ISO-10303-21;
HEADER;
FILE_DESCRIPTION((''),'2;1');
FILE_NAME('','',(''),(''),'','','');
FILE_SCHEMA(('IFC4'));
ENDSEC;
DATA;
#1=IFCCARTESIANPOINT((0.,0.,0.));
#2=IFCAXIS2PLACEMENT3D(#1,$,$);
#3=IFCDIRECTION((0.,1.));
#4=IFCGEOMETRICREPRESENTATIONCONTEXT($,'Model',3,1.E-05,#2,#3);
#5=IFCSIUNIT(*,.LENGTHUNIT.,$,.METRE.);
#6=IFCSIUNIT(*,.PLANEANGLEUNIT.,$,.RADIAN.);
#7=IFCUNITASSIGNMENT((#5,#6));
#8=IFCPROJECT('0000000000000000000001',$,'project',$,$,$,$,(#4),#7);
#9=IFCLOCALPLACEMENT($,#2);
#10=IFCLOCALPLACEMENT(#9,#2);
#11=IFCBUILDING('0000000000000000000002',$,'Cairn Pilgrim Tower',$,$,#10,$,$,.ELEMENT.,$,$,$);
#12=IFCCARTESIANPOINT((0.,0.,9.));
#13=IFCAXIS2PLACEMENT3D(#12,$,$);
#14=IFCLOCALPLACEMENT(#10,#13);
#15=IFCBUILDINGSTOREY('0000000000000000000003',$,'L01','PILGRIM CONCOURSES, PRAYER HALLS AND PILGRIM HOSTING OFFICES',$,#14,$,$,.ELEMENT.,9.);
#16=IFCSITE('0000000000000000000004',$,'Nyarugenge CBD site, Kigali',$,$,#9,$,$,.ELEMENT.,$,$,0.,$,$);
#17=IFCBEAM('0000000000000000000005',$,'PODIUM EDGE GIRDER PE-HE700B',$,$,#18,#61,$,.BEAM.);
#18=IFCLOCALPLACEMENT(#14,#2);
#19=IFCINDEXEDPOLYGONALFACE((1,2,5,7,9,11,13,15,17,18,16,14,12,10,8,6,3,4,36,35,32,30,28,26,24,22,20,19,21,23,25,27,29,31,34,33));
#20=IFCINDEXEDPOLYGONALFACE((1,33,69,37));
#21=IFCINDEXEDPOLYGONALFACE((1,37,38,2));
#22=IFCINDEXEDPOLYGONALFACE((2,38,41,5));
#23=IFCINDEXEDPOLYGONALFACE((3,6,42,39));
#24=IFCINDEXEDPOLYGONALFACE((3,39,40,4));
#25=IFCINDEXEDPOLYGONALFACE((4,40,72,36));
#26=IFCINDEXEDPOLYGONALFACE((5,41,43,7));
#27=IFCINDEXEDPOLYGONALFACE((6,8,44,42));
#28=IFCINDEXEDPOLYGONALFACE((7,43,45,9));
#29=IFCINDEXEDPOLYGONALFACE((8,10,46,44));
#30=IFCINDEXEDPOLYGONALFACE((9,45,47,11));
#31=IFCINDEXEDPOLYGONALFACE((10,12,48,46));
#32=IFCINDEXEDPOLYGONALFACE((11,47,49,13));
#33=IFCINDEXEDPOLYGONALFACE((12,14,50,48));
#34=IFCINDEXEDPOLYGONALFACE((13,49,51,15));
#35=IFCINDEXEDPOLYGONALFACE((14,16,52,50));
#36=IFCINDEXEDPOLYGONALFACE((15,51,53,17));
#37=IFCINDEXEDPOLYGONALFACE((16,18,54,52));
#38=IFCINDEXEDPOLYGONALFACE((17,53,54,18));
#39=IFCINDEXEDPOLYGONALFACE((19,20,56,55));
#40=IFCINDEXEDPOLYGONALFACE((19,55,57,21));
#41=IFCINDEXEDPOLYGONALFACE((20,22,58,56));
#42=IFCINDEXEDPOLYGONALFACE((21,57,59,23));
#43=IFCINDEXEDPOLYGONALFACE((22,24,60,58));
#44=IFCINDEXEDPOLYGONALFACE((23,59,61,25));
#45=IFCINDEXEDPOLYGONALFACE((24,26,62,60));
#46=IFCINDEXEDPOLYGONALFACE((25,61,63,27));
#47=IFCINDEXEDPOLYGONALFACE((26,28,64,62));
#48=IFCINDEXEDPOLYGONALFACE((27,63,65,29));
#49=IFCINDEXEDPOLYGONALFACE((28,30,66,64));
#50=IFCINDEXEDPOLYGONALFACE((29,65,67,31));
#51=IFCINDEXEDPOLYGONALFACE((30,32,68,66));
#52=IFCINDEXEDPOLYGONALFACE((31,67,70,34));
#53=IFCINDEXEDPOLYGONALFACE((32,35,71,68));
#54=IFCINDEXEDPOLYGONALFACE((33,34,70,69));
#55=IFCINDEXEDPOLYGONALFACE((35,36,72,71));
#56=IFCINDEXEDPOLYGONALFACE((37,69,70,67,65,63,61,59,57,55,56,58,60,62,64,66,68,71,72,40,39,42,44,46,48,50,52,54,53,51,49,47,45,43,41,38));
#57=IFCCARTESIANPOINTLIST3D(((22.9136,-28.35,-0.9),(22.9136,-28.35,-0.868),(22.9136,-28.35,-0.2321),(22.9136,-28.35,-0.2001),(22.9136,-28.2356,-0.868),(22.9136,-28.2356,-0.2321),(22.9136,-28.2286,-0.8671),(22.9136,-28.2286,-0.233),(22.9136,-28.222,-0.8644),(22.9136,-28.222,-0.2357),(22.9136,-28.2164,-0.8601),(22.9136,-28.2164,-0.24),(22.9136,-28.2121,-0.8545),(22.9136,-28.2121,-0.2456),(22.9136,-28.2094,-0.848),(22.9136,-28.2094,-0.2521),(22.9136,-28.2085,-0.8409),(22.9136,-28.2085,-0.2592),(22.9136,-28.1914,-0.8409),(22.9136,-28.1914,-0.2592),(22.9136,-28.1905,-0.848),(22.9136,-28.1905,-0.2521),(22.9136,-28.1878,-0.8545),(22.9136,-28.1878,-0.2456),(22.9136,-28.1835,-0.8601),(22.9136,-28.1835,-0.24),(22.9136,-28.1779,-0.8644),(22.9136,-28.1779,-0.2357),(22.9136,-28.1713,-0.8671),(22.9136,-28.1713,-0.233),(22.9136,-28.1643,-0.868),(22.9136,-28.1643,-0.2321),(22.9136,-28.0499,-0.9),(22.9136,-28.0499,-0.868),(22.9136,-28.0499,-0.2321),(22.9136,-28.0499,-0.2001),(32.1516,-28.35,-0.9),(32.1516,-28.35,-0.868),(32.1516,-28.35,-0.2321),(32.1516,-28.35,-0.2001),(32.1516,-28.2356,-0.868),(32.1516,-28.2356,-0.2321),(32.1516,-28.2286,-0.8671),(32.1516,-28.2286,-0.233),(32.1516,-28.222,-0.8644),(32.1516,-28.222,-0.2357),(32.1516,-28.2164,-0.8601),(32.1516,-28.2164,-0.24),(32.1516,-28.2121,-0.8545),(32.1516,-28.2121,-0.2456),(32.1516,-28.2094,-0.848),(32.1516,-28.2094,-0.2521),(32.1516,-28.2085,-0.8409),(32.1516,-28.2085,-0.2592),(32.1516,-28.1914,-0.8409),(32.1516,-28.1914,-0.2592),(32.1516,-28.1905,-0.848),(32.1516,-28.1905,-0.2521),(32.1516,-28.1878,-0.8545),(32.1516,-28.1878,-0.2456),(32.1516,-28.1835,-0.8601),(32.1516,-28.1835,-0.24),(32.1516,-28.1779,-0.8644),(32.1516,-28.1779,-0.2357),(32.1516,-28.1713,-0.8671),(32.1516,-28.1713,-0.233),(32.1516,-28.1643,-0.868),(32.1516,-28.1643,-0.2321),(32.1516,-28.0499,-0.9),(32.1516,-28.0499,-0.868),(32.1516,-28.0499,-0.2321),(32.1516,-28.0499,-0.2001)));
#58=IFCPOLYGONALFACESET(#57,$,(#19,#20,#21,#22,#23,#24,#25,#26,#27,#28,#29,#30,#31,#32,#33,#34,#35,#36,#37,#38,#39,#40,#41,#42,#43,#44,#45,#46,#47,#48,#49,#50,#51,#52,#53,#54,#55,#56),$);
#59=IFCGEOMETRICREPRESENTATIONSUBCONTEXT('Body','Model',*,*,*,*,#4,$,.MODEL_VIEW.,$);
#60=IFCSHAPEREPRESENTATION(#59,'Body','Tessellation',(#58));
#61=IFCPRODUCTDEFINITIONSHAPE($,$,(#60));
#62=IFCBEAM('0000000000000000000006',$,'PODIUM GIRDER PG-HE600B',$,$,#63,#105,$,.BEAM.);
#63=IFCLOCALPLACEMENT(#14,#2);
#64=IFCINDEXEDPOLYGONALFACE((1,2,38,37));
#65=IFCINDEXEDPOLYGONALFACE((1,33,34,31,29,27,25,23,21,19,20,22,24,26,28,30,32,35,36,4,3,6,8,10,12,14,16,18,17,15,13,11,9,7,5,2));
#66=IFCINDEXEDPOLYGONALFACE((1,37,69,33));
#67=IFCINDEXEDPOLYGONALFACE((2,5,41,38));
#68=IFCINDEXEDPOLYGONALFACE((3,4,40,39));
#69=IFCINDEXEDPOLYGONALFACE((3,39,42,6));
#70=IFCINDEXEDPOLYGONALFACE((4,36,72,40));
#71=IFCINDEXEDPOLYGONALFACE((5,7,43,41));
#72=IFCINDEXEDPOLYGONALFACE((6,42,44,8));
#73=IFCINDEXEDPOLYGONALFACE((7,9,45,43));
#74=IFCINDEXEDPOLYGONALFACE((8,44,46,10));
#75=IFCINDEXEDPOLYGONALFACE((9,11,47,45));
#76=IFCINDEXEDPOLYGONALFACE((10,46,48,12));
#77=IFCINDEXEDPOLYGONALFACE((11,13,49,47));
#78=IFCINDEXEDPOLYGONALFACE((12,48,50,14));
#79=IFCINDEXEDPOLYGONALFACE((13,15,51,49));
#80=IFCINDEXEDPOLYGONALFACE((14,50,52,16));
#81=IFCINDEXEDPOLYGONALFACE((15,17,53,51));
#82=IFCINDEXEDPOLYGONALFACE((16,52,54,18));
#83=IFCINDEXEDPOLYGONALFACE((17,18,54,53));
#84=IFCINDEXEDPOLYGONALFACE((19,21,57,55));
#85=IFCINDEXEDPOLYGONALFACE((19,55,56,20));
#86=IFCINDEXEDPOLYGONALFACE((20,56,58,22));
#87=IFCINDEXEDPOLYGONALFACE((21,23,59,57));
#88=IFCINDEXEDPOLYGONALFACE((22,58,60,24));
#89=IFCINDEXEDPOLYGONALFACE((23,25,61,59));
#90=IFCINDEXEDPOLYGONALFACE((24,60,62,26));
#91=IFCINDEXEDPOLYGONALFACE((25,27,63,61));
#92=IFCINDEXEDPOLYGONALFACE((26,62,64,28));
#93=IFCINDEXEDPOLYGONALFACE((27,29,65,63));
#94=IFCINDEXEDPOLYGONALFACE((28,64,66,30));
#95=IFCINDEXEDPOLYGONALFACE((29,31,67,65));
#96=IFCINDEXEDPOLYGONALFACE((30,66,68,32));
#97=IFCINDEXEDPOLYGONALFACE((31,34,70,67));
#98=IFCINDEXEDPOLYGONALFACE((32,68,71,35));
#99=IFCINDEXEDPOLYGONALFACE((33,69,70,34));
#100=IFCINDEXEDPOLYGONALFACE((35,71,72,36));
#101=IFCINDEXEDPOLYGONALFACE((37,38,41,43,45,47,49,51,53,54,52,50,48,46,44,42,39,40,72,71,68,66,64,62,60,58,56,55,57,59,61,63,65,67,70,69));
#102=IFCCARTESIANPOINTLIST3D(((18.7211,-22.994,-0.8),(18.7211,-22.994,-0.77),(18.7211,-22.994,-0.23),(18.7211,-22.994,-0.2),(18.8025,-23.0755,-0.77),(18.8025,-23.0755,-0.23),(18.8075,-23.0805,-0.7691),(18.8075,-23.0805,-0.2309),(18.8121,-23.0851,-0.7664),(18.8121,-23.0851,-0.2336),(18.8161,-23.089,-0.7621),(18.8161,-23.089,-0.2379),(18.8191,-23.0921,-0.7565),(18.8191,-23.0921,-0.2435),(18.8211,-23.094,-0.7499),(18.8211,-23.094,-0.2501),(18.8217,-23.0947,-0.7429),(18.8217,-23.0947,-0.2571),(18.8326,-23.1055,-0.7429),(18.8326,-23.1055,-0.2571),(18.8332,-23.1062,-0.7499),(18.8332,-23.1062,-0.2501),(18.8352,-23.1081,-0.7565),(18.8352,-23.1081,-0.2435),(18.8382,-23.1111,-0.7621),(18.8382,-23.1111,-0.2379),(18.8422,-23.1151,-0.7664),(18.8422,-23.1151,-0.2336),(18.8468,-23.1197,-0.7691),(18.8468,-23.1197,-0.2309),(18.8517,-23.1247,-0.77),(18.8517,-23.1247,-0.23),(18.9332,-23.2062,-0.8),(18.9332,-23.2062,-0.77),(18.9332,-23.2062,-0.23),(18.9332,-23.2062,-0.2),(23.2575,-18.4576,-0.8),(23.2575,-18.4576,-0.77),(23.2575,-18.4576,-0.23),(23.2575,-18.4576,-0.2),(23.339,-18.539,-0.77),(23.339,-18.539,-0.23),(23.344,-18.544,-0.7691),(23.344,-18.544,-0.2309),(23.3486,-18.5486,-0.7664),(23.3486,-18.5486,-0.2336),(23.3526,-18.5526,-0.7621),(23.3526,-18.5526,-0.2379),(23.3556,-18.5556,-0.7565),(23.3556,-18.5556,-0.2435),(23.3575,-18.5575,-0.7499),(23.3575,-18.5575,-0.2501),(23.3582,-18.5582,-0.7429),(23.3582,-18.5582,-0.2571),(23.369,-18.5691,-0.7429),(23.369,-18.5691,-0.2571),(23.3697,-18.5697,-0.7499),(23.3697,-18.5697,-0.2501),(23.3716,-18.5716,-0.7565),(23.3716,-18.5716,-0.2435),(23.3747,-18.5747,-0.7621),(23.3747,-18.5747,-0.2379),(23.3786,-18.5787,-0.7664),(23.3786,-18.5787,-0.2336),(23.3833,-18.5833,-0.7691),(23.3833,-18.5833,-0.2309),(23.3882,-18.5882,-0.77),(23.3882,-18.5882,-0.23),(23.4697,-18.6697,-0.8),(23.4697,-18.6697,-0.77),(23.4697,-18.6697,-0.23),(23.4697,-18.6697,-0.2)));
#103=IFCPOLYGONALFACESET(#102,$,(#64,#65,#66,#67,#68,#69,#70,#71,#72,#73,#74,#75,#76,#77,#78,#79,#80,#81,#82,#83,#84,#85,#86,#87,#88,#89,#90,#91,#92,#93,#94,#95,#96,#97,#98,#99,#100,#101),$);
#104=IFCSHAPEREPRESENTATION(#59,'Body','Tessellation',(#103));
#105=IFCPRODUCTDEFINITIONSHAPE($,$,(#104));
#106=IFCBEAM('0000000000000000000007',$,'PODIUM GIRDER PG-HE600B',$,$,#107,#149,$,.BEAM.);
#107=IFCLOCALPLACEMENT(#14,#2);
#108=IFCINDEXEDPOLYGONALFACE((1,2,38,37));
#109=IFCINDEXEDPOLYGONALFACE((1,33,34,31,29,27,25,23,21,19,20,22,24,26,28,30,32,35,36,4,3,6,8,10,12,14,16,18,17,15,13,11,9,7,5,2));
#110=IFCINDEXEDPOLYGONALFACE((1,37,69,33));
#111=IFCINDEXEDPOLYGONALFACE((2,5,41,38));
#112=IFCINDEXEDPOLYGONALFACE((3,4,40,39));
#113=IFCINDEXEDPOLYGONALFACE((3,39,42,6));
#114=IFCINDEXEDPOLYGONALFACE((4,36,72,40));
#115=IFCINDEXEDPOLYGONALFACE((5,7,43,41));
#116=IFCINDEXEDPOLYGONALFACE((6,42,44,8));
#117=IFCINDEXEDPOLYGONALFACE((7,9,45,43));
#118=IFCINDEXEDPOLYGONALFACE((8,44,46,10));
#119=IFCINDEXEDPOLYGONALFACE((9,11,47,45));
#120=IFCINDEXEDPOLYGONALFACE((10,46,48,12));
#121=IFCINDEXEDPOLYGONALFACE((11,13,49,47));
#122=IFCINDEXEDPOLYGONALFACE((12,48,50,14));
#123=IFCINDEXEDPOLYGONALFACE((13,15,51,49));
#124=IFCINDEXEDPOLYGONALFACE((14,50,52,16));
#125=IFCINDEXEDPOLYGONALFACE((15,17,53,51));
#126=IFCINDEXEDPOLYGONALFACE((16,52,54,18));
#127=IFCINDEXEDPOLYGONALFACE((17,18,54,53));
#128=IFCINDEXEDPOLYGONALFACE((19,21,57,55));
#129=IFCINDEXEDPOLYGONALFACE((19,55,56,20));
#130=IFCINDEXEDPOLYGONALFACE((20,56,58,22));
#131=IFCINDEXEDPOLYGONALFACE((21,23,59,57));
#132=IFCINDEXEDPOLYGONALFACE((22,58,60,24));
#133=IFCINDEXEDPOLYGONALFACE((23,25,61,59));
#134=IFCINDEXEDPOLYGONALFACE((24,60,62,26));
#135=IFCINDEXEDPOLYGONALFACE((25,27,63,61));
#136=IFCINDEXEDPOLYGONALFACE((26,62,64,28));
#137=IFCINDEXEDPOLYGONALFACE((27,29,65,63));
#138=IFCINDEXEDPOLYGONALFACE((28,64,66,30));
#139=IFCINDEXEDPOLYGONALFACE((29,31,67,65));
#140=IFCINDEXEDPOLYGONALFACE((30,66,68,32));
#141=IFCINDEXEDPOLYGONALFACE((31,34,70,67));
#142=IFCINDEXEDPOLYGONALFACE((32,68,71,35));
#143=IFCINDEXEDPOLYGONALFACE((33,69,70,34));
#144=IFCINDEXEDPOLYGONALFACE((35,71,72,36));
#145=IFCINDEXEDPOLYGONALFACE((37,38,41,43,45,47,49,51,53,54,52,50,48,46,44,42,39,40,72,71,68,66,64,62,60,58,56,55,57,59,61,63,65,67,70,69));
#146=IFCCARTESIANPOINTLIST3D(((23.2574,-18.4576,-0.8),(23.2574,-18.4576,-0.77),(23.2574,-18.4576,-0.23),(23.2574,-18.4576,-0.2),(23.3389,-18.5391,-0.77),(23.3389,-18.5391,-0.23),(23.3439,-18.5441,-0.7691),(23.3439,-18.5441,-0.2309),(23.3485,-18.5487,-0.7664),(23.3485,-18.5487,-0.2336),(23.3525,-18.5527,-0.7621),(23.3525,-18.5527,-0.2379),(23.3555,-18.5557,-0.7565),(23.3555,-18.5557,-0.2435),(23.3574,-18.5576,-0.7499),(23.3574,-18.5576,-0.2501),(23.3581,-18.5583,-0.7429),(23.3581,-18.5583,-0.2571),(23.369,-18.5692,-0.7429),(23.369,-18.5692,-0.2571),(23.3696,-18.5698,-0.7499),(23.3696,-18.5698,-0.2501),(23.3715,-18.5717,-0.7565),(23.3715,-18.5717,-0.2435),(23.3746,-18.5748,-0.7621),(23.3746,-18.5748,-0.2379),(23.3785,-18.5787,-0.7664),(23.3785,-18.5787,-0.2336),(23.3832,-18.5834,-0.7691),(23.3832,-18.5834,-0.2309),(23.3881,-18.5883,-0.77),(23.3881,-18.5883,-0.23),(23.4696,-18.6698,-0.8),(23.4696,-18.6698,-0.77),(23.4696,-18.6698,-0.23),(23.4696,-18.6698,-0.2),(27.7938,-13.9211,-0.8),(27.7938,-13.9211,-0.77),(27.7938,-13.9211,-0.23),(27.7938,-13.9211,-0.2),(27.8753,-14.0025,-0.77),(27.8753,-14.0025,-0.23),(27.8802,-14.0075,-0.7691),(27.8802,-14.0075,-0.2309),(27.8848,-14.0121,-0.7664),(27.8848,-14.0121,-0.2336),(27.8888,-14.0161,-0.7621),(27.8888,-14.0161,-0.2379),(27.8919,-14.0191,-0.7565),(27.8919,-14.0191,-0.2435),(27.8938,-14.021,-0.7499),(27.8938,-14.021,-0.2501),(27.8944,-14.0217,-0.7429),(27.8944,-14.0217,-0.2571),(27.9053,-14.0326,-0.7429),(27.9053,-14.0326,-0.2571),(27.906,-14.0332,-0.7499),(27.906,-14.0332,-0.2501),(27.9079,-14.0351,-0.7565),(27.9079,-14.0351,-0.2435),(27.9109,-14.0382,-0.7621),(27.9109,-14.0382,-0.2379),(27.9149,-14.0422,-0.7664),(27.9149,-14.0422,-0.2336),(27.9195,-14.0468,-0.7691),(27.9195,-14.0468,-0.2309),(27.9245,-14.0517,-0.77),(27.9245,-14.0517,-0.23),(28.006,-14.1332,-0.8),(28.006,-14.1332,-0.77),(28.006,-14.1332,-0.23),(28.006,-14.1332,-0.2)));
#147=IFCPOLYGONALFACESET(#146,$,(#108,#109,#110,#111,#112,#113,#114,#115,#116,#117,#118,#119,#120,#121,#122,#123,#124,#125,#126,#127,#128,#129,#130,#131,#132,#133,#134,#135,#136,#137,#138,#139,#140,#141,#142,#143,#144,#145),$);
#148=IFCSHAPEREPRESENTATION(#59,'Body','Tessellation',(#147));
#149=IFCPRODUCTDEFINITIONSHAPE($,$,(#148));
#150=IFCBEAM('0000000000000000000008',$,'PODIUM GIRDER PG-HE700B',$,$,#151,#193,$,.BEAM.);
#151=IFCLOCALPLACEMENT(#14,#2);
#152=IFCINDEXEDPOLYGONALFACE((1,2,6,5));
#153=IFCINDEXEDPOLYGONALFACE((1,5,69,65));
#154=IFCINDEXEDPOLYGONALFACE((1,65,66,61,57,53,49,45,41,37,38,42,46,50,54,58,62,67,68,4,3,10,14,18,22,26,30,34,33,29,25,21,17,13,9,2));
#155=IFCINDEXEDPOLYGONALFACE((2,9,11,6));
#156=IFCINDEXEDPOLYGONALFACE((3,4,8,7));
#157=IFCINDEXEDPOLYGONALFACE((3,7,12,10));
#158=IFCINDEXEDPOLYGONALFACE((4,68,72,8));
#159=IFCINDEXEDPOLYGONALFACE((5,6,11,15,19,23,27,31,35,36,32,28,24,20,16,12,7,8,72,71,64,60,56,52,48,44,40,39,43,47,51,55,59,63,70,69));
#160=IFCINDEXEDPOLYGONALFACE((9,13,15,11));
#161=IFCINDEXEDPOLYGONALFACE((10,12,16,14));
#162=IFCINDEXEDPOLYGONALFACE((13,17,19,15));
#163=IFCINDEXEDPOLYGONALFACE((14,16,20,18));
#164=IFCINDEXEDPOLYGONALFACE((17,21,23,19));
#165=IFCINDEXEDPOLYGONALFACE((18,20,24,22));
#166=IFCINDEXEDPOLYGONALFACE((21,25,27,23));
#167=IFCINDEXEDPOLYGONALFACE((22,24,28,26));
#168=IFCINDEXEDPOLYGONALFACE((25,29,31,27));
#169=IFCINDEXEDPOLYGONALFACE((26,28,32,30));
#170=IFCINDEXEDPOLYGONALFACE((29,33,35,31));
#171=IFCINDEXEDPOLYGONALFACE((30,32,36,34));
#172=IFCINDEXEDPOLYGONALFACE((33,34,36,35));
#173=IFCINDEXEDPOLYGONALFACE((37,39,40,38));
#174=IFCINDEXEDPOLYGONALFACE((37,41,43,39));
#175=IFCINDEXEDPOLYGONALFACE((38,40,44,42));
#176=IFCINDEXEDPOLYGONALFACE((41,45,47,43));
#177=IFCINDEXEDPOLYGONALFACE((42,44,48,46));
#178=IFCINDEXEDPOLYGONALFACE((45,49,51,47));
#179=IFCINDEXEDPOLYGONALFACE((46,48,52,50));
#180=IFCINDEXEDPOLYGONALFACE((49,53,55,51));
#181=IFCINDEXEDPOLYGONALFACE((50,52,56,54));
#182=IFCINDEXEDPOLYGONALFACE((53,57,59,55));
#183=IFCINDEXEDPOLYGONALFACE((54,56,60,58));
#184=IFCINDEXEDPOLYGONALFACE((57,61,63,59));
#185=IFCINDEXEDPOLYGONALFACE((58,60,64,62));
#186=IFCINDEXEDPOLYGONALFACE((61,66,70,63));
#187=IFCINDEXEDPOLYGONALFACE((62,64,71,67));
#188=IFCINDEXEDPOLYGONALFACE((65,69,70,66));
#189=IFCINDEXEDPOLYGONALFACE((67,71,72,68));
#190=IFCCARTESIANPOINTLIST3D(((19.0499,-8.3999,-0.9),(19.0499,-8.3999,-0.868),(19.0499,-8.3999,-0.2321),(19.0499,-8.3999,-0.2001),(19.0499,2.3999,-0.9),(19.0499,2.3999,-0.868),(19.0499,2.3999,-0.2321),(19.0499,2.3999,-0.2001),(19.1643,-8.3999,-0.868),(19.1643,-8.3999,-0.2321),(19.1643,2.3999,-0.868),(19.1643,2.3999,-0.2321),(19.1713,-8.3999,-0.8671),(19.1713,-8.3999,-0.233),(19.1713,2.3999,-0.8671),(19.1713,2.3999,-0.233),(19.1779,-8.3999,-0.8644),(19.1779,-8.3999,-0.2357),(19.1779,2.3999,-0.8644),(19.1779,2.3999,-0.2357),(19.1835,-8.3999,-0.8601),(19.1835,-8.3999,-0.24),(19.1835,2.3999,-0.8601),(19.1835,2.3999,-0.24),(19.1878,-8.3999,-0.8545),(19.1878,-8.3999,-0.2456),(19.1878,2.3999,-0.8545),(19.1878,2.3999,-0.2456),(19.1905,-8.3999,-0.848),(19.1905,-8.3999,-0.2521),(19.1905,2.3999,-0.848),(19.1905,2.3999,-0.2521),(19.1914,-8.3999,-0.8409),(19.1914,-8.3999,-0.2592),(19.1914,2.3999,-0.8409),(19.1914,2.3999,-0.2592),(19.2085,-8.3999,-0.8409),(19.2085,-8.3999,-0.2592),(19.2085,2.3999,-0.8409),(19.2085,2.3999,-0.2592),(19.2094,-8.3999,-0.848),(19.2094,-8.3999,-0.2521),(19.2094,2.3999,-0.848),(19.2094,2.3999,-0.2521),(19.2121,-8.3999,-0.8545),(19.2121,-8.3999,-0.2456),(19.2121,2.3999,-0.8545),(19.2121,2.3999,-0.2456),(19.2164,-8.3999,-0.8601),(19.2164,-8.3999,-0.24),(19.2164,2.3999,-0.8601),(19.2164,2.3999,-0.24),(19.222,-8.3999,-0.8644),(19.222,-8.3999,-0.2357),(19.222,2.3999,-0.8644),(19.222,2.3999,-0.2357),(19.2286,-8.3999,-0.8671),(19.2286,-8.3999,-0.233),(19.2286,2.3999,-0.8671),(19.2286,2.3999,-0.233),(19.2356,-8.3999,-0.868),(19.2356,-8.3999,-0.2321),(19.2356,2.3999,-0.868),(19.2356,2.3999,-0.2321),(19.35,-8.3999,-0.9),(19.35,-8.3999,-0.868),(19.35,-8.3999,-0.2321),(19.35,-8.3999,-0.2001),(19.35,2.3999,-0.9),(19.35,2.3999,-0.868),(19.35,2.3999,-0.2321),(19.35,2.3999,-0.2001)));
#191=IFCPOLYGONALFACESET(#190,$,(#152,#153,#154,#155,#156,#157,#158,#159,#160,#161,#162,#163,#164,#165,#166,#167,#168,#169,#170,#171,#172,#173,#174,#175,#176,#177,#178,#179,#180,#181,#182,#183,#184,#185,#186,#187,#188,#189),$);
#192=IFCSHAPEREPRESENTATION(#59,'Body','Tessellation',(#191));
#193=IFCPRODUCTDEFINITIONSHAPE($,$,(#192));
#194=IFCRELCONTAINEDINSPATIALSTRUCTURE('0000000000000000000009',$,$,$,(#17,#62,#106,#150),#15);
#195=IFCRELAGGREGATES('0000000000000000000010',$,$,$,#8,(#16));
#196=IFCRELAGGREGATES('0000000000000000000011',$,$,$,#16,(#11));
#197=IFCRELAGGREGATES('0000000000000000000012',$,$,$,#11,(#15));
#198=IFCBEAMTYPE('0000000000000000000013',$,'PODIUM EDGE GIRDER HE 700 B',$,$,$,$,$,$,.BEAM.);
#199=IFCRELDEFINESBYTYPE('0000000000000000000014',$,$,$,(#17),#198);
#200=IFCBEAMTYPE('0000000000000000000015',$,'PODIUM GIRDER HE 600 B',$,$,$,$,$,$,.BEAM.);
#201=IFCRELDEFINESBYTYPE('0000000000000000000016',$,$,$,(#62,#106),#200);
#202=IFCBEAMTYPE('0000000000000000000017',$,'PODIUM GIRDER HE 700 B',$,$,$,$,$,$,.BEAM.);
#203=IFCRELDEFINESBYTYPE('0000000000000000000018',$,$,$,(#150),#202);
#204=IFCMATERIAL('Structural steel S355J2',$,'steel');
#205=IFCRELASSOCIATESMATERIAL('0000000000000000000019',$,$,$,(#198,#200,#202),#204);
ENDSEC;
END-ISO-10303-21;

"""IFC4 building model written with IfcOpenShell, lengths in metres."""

from ifc_helpers import new_model, si_unit, direction, frame, origin, origin_2d, place, context, subcontext, project, spatial, i_section, extrude, material, material_profile, profile_set, type_object, element, save


model = new_model("IFC4")

# Units and contexts
model_context = context("Model", 3, precision=1e-05, world=origin(), true_north=direction((0.0, 1.0)))
body_context = subcontext(model_context, "Body", "Model", "MODEL_VIEW")
ifc_project = project(units=[si_unit("LENGTHUNIT", "METRE"), si_unit("PLANEANGLEUNIT", "RADIAN")], contexts=[model_context])

# Site, building, storey
site_placement = place(None, origin())
site = spatial("IfcSite", under=ifc_project, at=site_placement, Name="Nyarugenge CBD site, Kigali", CompositionType="ELEMENT", RefElevation=0.0)
building_placement = place(site_placement, origin())
building = spatial("IfcBuilding", under=site, at=building_placement, Name="Cairn Pilgrim Tower", CompositionType="ELEMENT")
storey_placement = place(building_placement, frame((0.0, 0.0, 9.0)))
storey = spatial("IfcBuildingStorey", under=building, at=storey_placement, Name="L01", Description="PILGRIM CONCOURSES, PRAYER HALLS AND PILGRIM HOSTING OFFICES", CompositionType="ELEMENT", Elevation=9.0)

# Beams
ifc_material_1 = material(Name="Structural steel S355J2", Category="steel")
ifc_material_profile_1 = material_profile(ifc_material_1, i_section(OverallWidth=0.3, OverallDepth=0.7, WebThickness=0.0171, FlangeThickness=0.032, FilletRadius=0.0271, at=origin_2d()), Name="HEB 700")
ifc_profile_set_1 = profile_set([ifc_material_profile_1], Name="Structural steel S355J2")
beam_type_1 = type_object("IfcBeamType", Name="PODIUM EDGE GIRDER HE 700 B", PredefinedType="BEAM", material=ifc_profile_set_1)
beam_1_placement = place(storey_placement, frame((22.9136, -28.2, -0.55), z_axis=(1.0, 0.0, 0.0), x_axis=(0.0, 1.0, 0.0)))
element("IfcBeam", 1, at=beam_1_placement, inside=storey, type_object=beam_type_1, Name="PODIUM EDGE GIRDER PE-HE700B", PredefinedType="BEAM", context=body_context, shape_type="SweptSolid", body=[
    extrude(i_section(OverallWidth=0.3, OverallDepth=0.7, WebThickness=0.0171, FlangeThickness=0.032, FilletRadius=0.0271, at=origin_2d()), origin(), (0.0, 0.0, 1.0), 9.238),
])
ifc_material_profile_2 = material_profile(ifc_material_1, i_section(OverallWidth=0.3, OverallDepth=0.6001, WebThickness=0.0154, FlangeThickness=0.03, FilletRadius=0.0271, at=origin_2d()), Name="HEB 600")
ifc_profile_set_2 = profile_set([ifc_material_profile_2], Name="Structural steel S355J2")
beam_type_2 = type_object("IfcBeamType", Name="PODIUM GIRDER HE 600 B", PredefinedType="BEAM", material=ifc_profile_set_2)
for number, where, z_axis, x_axis, name in (
    (2, (18.8271, -23.1001, -0.5), (0.707107, 0.707107, 0.0), (-0.707107, 0.707107, 0.0), "PODIUM GIRDER PG-HE600B"),
    (3, (23.3635, -18.5637, -0.5), (0.707088, 0.707126, 0.0), (-0.707126, 0.707088, 0.0), "PODIUM GIRDER PG-HE600B"),
):
    element("IfcBeam", number, at=place(storey_placement, frame(where, z_axis=z_axis, x_axis=x_axis)), inside=storey, type_object=beam_type_2, Name=name, PredefinedType="BEAM", context=body_context, shape_type="SweptSolid", body=[
        extrude(i_section(OverallWidth=0.3, OverallDepth=0.6001, WebThickness=0.0154, FlangeThickness=0.03, FilletRadius=0.0271, at=origin_2d()), origin(), (0.0, 0.0, 1.0), 6.4155),
    ])
ifc_material_profile_3 = material_profile(ifc_material_1, i_section(OverallWidth=0.3, OverallDepth=0.7, WebThickness=0.0171, FlangeThickness=0.032, FilletRadius=0.0271, at=origin_2d()), Name="HEB 700")
ifc_profile_set_3 = profile_set([ifc_material_profile_3], Name="Structural steel S355J2")
beam_type_3 = type_object("IfcBeamType", Name="PODIUM GIRDER HE 700 B", PredefinedType="BEAM", material=ifc_profile_set_3)
beam_2_placement = place(storey_placement, frame((19.2, -8.3999, -0.55), z_axis=(0.0, 1.0, 0.0), x_axis=(-1.0, 0.0, 0.0)))
element("IfcBeam", 4, at=beam_2_placement, inside=storey, type_object=beam_type_3, Name="PODIUM GIRDER PG-HE700B", PredefinedType="BEAM", context=body_context, shape_type="SweptSolid", body=[
    extrude(i_section(OverallWidth=0.3, OverallDepth=0.7, WebThickness=0.0171, FlangeThickness=0.032, FilletRadius=0.0271, at=origin_2d()), origin(), (0.0, 0.0, 1.0), 10.7998),
])

save(model, "model.ifc")
